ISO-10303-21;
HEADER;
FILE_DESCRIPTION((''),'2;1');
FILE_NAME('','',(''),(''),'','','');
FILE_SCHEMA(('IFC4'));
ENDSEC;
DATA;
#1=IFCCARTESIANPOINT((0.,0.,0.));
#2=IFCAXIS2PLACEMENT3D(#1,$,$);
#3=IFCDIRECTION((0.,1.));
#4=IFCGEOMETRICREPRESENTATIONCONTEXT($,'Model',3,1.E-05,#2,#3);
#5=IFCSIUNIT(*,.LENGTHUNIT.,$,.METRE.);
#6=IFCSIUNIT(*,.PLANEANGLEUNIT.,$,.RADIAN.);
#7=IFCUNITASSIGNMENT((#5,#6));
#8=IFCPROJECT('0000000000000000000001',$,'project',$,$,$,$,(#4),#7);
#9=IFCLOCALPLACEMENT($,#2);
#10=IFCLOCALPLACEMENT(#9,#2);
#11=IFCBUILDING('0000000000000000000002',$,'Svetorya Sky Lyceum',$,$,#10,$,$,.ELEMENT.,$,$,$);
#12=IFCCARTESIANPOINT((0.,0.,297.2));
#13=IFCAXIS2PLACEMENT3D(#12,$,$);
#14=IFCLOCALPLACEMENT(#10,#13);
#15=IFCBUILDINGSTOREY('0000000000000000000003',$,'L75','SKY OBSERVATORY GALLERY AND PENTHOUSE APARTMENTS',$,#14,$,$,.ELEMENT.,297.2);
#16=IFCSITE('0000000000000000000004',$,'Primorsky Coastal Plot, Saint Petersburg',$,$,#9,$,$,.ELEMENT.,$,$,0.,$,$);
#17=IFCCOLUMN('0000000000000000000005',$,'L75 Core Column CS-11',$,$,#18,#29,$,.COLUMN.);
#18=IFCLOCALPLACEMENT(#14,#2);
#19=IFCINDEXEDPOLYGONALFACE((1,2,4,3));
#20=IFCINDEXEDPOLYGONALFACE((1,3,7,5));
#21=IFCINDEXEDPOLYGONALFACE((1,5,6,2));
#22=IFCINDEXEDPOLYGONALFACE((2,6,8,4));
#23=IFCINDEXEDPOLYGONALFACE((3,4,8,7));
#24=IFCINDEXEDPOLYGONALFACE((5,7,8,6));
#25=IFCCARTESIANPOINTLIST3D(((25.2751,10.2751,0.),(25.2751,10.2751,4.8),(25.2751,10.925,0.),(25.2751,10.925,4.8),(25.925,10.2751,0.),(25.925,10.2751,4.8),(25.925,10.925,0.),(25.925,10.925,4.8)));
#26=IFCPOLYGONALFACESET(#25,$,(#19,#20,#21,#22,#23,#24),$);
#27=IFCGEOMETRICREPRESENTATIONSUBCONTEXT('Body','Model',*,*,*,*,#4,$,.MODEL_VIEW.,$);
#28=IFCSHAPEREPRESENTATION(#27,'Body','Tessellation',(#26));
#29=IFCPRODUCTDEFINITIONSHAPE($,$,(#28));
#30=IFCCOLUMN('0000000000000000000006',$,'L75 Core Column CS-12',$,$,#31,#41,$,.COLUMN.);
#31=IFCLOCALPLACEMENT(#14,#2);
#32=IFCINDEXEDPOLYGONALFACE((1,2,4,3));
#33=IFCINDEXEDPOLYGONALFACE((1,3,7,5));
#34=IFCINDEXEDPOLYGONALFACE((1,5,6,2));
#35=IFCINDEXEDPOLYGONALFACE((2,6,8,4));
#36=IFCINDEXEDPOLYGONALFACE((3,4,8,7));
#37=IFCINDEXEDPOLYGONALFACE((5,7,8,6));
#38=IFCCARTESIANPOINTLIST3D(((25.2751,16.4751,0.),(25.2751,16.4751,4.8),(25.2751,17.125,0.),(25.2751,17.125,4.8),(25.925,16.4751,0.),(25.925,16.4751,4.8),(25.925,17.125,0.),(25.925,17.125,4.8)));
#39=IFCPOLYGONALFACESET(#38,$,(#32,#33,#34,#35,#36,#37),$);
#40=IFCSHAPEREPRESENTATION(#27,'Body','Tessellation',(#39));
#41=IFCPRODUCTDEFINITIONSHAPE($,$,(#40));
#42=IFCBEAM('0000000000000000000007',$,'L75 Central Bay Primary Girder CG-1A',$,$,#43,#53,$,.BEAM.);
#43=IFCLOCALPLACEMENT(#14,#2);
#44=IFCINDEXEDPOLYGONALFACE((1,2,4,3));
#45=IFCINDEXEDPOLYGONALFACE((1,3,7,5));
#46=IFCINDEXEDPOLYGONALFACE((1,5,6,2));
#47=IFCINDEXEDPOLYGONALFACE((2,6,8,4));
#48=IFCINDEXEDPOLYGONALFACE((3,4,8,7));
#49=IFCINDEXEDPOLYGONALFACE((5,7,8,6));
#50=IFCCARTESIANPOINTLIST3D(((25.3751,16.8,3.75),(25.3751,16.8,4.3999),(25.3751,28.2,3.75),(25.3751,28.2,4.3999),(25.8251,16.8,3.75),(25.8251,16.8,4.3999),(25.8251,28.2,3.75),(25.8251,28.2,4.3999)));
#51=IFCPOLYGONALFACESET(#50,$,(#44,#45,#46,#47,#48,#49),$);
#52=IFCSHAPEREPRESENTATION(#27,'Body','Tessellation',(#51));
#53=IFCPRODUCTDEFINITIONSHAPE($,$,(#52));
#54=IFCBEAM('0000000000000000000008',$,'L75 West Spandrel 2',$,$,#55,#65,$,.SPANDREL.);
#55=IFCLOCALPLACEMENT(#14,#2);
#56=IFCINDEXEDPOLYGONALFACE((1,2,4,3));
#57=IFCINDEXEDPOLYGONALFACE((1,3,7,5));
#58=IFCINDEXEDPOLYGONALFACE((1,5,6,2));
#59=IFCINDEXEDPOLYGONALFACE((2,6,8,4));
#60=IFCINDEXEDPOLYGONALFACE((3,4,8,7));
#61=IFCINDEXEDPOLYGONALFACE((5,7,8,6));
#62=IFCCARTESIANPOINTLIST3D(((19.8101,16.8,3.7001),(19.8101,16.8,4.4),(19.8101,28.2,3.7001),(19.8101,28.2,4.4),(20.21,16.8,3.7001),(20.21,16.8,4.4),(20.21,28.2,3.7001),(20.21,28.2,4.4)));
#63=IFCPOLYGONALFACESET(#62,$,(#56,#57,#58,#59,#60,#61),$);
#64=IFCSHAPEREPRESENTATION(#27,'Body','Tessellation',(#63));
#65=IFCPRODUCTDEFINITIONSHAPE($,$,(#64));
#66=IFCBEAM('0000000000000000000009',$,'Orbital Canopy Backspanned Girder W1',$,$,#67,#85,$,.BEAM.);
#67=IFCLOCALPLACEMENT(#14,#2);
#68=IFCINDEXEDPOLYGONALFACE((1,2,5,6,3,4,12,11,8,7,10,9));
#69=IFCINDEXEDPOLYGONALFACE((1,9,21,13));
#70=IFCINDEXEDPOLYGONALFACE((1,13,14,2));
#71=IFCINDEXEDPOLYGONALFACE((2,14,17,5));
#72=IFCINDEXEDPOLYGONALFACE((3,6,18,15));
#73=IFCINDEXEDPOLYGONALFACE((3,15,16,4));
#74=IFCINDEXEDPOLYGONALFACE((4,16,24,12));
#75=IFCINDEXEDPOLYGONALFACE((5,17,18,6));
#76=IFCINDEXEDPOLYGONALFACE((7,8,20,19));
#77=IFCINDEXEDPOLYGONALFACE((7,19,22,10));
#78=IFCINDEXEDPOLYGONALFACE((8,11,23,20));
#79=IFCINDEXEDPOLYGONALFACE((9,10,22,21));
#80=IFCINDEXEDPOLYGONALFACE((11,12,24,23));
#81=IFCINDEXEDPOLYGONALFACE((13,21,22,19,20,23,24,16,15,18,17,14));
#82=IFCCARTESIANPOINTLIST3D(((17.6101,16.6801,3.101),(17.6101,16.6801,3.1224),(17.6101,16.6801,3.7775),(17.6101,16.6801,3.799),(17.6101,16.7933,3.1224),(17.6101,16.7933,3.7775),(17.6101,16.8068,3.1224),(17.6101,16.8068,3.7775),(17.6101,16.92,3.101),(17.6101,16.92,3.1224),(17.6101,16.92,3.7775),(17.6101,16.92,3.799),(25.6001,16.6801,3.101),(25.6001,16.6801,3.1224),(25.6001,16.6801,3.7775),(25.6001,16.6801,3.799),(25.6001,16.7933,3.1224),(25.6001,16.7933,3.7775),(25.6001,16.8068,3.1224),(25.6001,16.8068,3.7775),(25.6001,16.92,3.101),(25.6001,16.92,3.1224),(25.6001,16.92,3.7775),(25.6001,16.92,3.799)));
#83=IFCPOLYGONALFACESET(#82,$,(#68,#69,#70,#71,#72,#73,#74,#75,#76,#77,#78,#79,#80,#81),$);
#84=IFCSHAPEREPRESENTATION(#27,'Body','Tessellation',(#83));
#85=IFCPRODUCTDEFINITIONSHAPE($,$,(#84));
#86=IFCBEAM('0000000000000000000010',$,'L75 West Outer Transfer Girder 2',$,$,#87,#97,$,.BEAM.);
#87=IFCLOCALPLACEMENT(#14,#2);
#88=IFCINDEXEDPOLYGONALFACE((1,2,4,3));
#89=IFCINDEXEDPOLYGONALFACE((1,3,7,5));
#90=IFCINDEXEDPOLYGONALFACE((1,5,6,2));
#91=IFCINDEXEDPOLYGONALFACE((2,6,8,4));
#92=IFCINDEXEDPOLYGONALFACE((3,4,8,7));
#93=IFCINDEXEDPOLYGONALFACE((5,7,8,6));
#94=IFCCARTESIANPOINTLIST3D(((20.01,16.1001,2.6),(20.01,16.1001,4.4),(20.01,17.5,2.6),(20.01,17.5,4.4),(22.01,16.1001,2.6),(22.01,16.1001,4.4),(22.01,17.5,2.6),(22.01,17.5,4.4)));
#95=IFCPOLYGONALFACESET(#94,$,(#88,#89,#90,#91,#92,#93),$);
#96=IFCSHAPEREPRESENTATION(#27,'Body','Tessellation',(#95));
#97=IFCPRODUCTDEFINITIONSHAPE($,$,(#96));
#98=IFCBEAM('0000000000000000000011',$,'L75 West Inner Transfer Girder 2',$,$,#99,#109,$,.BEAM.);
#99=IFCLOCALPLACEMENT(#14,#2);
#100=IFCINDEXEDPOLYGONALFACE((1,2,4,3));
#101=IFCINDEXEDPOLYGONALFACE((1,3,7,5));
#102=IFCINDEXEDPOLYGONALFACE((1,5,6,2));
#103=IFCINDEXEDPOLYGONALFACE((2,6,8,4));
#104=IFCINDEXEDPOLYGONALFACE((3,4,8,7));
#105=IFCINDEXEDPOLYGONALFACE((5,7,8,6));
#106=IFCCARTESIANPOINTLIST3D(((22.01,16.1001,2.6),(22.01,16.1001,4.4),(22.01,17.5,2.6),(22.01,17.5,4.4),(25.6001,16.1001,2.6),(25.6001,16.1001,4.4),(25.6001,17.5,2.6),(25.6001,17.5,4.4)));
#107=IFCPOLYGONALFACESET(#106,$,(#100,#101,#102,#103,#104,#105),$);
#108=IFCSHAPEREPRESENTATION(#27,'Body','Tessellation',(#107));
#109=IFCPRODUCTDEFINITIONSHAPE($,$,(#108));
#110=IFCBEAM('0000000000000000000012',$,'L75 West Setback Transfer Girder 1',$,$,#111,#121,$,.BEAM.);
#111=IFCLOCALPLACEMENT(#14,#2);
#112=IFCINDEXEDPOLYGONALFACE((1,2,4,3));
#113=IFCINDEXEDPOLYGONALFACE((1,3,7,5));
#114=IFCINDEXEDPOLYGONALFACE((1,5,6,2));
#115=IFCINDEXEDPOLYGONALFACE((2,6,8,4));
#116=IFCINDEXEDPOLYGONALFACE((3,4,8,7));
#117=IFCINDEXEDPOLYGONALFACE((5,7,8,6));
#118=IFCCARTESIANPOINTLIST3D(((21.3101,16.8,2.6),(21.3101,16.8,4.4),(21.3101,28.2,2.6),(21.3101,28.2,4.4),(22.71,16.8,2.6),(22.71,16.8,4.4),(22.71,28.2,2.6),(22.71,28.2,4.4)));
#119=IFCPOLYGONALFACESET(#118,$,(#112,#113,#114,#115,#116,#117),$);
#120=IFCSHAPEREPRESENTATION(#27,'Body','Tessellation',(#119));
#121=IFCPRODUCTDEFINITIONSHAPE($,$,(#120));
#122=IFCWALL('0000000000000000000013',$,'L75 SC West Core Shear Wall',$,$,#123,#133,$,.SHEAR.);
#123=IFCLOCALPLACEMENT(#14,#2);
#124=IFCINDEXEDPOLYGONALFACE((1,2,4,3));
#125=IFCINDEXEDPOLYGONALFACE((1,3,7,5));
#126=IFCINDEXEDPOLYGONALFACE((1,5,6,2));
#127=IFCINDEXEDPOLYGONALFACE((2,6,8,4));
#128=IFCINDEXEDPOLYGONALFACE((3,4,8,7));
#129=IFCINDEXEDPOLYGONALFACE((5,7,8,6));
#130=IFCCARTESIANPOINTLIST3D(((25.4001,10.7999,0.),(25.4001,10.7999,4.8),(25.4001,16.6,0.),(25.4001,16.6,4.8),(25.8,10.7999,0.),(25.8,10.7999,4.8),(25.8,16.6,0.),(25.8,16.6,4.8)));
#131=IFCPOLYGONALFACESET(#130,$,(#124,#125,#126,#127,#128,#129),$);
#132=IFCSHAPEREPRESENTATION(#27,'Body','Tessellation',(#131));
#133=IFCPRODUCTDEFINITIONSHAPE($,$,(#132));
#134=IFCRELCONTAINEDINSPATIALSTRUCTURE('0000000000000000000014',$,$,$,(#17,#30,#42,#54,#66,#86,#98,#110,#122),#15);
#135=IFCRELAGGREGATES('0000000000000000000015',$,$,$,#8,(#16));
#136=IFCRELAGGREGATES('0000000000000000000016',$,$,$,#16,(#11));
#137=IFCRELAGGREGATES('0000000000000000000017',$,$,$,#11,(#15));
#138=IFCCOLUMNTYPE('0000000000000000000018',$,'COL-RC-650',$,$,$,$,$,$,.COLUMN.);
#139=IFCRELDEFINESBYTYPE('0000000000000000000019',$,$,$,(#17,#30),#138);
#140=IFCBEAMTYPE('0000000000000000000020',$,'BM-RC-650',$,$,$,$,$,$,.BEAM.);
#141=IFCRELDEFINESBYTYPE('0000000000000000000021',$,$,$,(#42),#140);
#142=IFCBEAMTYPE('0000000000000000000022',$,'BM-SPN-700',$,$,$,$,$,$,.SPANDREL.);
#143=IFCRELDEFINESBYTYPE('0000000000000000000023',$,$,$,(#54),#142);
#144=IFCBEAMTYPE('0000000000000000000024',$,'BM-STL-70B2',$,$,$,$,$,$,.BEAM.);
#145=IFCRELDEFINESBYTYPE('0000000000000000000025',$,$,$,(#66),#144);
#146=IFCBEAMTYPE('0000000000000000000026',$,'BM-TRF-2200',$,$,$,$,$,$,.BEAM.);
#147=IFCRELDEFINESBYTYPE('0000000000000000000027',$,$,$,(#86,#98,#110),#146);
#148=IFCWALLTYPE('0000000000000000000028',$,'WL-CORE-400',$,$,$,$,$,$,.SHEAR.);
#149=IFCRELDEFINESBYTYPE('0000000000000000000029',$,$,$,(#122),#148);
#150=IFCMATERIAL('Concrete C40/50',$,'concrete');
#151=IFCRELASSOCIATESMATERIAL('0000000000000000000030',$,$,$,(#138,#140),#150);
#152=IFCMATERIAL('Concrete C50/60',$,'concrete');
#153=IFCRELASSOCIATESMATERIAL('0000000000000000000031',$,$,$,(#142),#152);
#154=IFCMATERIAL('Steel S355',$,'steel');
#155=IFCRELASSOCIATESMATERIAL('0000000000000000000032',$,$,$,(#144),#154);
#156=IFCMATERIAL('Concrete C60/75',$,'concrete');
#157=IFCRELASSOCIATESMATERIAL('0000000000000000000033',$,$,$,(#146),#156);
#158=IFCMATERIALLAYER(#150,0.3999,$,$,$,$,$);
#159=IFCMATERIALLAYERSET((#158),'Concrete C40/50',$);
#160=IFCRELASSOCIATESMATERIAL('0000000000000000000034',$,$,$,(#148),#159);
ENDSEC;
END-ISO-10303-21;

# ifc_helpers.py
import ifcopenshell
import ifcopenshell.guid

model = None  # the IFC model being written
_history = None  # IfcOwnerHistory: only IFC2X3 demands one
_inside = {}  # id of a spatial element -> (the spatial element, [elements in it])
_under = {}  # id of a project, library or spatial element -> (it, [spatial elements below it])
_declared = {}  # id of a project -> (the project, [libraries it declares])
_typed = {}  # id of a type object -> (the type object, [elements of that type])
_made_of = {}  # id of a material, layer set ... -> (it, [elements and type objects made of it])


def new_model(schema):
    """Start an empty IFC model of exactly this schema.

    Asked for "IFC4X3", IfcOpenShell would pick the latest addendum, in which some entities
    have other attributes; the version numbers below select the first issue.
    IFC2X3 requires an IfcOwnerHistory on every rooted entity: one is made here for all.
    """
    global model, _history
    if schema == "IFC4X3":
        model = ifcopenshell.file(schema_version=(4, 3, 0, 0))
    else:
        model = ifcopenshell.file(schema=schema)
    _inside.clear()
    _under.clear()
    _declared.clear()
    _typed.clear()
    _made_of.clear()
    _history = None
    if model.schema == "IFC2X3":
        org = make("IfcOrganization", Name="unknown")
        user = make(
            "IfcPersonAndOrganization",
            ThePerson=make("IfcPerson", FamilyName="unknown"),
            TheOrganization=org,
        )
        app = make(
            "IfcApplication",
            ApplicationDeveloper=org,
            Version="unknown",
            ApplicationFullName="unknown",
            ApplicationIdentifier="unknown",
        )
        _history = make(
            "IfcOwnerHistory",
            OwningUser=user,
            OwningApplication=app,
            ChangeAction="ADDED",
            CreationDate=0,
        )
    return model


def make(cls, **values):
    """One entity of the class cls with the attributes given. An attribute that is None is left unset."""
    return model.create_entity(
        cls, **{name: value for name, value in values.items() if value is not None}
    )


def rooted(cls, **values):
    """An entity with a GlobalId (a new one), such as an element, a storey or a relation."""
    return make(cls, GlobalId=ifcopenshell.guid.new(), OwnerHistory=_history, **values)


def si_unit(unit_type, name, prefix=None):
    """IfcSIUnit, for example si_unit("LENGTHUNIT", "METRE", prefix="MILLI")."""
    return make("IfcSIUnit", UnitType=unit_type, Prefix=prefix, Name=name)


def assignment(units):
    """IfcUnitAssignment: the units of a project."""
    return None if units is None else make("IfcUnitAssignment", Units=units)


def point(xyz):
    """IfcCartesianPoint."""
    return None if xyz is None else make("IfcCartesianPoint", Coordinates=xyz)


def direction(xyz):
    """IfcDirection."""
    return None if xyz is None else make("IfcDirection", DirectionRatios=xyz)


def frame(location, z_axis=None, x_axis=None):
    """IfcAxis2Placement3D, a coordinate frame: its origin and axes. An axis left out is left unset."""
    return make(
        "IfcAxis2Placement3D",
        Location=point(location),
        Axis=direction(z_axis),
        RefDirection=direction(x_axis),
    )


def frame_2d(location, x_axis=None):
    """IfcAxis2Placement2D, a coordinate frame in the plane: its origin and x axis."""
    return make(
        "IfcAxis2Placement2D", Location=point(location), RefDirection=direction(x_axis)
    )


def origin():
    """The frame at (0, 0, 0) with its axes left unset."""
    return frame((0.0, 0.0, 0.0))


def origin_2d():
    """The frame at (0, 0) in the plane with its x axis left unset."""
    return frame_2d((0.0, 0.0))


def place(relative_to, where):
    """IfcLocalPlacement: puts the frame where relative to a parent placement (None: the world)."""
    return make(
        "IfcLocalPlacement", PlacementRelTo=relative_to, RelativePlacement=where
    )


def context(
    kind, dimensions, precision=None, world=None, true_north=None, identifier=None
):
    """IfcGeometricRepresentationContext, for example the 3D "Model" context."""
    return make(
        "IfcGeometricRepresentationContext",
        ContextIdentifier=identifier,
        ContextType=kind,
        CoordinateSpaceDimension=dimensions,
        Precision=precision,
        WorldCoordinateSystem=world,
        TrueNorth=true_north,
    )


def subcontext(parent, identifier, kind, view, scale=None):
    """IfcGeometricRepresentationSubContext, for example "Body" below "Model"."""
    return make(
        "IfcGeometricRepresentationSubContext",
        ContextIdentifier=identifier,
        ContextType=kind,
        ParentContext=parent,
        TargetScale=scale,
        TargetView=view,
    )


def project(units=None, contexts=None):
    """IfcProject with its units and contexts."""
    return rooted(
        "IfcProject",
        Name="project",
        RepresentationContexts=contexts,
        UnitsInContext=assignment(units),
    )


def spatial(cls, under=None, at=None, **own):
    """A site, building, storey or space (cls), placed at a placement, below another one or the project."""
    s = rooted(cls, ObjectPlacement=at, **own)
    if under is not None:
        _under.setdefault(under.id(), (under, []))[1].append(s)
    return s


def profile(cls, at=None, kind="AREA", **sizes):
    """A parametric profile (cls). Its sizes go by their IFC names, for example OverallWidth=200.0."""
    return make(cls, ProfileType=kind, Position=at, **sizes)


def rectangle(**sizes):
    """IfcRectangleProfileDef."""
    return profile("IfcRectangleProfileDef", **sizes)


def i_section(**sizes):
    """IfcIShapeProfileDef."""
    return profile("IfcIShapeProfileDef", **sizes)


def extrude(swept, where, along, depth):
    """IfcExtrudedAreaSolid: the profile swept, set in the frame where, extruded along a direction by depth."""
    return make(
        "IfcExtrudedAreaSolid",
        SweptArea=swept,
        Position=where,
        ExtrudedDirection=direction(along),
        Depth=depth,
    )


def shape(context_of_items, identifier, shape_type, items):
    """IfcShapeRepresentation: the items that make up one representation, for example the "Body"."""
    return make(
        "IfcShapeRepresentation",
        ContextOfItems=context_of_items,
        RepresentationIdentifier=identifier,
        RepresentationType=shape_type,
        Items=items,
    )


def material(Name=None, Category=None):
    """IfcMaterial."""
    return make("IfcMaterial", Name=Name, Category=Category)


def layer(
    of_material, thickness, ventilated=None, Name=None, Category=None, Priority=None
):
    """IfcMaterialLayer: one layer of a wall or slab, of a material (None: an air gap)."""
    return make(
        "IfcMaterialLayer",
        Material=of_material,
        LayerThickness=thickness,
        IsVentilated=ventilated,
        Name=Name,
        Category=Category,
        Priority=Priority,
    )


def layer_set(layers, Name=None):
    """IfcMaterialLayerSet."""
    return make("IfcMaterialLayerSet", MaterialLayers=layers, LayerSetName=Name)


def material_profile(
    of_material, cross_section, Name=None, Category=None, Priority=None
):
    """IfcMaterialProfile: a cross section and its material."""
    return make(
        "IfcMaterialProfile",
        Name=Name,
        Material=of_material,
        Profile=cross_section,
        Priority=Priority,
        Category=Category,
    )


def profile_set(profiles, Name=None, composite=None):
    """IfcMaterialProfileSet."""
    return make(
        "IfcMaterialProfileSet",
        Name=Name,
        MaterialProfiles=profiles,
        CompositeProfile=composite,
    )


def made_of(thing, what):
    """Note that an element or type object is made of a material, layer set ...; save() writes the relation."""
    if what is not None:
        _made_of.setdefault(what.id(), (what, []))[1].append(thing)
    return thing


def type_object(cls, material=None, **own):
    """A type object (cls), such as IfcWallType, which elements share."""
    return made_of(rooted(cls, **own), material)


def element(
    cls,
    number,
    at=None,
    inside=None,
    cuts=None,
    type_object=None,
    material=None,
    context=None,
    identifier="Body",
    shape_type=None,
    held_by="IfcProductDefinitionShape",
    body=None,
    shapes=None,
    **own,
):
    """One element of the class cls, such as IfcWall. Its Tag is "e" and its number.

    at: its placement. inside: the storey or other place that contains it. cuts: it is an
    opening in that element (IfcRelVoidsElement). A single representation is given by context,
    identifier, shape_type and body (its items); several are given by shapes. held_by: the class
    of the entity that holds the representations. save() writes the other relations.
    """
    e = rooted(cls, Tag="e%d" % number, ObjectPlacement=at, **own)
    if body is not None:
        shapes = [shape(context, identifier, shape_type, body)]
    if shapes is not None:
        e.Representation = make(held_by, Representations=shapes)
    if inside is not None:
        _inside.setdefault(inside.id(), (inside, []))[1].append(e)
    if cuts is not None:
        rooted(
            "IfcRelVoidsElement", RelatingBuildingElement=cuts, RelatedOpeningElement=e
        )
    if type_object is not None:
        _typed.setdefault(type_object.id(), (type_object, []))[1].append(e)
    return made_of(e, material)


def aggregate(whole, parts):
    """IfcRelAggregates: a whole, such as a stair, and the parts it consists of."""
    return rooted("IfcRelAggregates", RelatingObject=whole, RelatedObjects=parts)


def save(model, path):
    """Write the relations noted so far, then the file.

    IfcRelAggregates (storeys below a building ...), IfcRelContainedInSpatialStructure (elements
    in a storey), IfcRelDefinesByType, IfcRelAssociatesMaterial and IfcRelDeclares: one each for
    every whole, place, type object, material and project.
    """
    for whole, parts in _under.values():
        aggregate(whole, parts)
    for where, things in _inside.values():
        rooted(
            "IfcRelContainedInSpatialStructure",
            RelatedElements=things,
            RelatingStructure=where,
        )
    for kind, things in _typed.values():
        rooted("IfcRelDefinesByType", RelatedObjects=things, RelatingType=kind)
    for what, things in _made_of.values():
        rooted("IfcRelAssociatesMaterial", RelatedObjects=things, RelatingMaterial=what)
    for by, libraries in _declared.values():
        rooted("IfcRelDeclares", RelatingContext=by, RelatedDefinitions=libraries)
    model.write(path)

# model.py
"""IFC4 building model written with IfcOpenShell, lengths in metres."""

from ifc_helpers import new_model, si_unit, direction, frame, frame_2d, origin, origin_2d, place, context, subcontext, project, spatial, rectangle, i_section, extrude, material, layer, layer_set, material_profile, profile_set, type_object, element, save


model = new_model("IFC4")

# Units and contexts
model_context = context("Model", 3, precision=1e-05, world=origin(), true_north=direction((0.0, 1.0)))
body_context = subcontext(model_context, "Body", "Model", "MODEL_VIEW")
ifc_project = project(units=[si_unit("LENGTHUNIT", "METRE"), si_unit("PLANEANGLEUNIT", "RADIAN")], contexts=[model_context])

# Site, building, storey
site_placement = place(None, origin())
site = spatial("IfcSite", under=ifc_project, at=site_placement, Name="Primorsky Coastal Plot, Saint Petersburg", CompositionType="ELEMENT", RefElevation=0.0)
building_placement = place(site_placement, origin())
building = spatial("IfcBuilding", under=site, at=building_placement, Name="Svetorya Sky Lyceum", CompositionType="ELEMENT")
storey_placement = place(building_placement, frame((0.0, 0.0, 297.2)))
storey = spatial("IfcBuildingStorey", under=building, at=storey_placement, Name="L75", Description="SKY OBSERVATORY GALLERY AND PENTHOUSE APARTMENTS", CompositionType="ELEMENT", Elevation=297.2)

# Columns
ifc_material_1 = material(Name="Concrete C40/50", Category="concrete")
ifc_material_profile_1 = material_profile(ifc_material_1, rectangle(XDim=0.6499, YDim=0.6499, at=origin_2d()), Name="RC COL 650x650")
ifc_profile_set_1 = profile_set([ifc_material_profile_1], Name="Concrete C40/50")
column_type = type_object("IfcColumnType", Name="COL-RC-650", PredefinedType="COLUMN", material=ifc_profile_set_1)
for number, where, z_axis, x_axis, name in (
    (1, (25.6001, 10.6001, 0.0), (0.0, 0.0, 1.0), (1.0, 0.0, 0.0), "L75 Core Column CS-11"),
    (2, (25.6001, 16.8, 0.0), (0.0, 0.0, 1.0), (1.0, 0.0, 0.0), "L75 Core Column CS-12"),
):
    element("IfcColumn", number, at=place(storey_placement, frame(where, z_axis=z_axis, x_axis=x_axis)), inside=storey, type_object=column_type, Name=name, PredefinedType="COLUMN", context=body_context, shape_type="SweptSolid", body=[
        extrude(rectangle(XDim=0.6499, YDim=0.6499, at=origin_2d()), origin(), (0.0, 0.0, 1.0), 4.8),
    ])

# Beams
ifc_material_profile_2 = material_profile(ifc_material_1, rectangle(XDim=0.45, YDim=0.6499, at=origin_2d()), Name="RC BEAM 450x650")
ifc_profile_set_2 = profile_set([ifc_material_profile_2], Name="Concrete C40/50")
beam_type_1 = type_object("IfcBeamType", Name="BM-RC-650", PredefinedType="BEAM", material=ifc_profile_set_2)
beam_1_placement = place(storey_placement, frame((25.6001, 16.8, 4.075), z_axis=(0.0, 1.0, 0.0), x_axis=(-1.0, 0.0, 0.0)))
element("IfcBeam", 3, at=beam_1_placement, inside=storey, type_object=beam_type_1, Name="L75 Central Bay Primary Girder CG-1A", PredefinedType="BEAM", context=body_context, shape_type="SweptSolid", body=[
    extrude(rectangle(XDim=0.45, YDim=0.6499, at=origin_2d()), origin(), (0.0, 0.0, 1.0), 11.3999),
])
ifc_material_2 = material(Name="Concrete C50/60", Category="concrete")
ifc_material_profile_3 = material_profile(ifc_material_2, rectangle(XDim=0.3999, YDim=0.7, at=origin_2d()), Name="RC SPANDREL 400x700")
ifc_profile_set_3 = profile_set([ifc_material_profile_3], Name="Concrete C50/60")
beam_type_2 = type_object("IfcBeamType", Name="BM-SPN-700", PredefinedType="SPANDREL", material=ifc_profile_set_3)
beam_2_placement = place(storey_placement, frame((20.01, 16.8, 4.05), z_axis=(0.0, 1.0, 0.0), x_axis=(-1.0, 0.0, 0.0)))
element("IfcBeam", 4, at=beam_2_placement, inside=storey, type_object=beam_type_2, Name="L75 West Spandrel 2", PredefinedType="SPANDREL", context=body_context, shape_type="SweptSolid", body=[
    extrude(rectangle(XDim=0.3999, YDim=0.7, at=origin_2d()), origin(), (0.0, 0.0, 1.0), 11.3999),
])
ifc_material_3 = material(Name="Steel S355", Category="steel")
ifc_material_profile_4 = material_profile(ifc_material_3, i_section(OverallWidth=0.24, OverallDepth=0.698, WebThickness=0.0134, FlangeThickness=0.0215, at=origin_2d()), Name="GOST 70B2")
ifc_profile_set_4 = profile_set([ifc_material_profile_4], Name="Steel S355")
beam_type_3 = type_object("IfcBeamType", Name="BM-STL-70B2", PredefinedType="BEAM", material=ifc_profile_set_4)
beam_3_placement = place(storey_placement, frame((25.6001, 16.8, 3.45), z_axis=(-1.0, 0.0, 0.0), x_axis=(0.0, -1.0, 0.0)))
element("IfcBeam", 5, at=beam_3_placement, inside=storey, type_object=beam_type_3, Name="Orbital Canopy Backspanned Girder W1", PredefinedType="BEAM", context=body_context, shape_type="SweptSolid", body=[
    extrude(i_section(OverallWidth=0.24, OverallDepth=0.698, WebThickness=0.0134, FlangeThickness=0.0215, at=origin_2d()), origin(), (0.0, 0.0, 1.0), 7.99),
])
ifc_material_4 = material(Name="Concrete C60/75", Category="concrete")
ifc_material_profile_5 = material_profile(ifc_material_4, rectangle(XDim=1.3999, YDim=1.8, at=origin_2d()), Name="RC TRANSFER 1400x1800")
ifc_profile_set_5 = profile_set([ifc_material_profile_5], Name="Concrete C60/75")
beam_type_4 = type_object("IfcBeamType", Name="BM-TRF-2200", PredefinedType="BEAM", material=ifc_profile_set_5)
beam_4_placement = place(storey_placement, frame((20.01, 16.8, 3.5), z_axis=(1.0, 0.0, 0.0), x_axis=(0.0, 1.0, 0.0)))
element("IfcBeam", 6, at=beam_4_placement, inside=storey, type_object=beam_type_4, Name="L75 West Outer Transfer Girder 2", PredefinedType="BEAM", context=body_context, shape_type="SweptSolid", body=[
    extrude(rectangle(XDim=1.3999, YDim=1.8, at=origin_2d()), origin(), (0.0, 0.0, 1.0), 2.0),
])
beam_5_placement = place(storey_placement, frame((22.01, 16.8, 3.5), z_axis=(1.0, 0.0, 0.0), x_axis=(0.0, 1.0, 0.0)))
element("IfcBeam", 7, at=beam_5_placement, inside=storey, type_object=beam_type_4, Name="L75 West Inner Transfer Girder 2", PredefinedType="BEAM", context=body_context, shape_type="SweptSolid", body=[
    extrude(rectangle(XDim=1.3999, YDim=1.8, at=origin_2d()), origin(), (0.0, 0.0, 1.0), 3.5901),
])
beam_6_placement = place(storey_placement, frame((22.01, 16.8, 3.5), z_axis=(0.0, 1.0, 0.0), x_axis=(-1.0, 0.0, 0.0)))
element("IfcBeam", 8, at=beam_6_placement, inside=storey, type_object=beam_type_4, Name="L75 West Setback Transfer Girder 1", PredefinedType="BEAM", context=body_context, shape_type="SweptSolid", body=[
    extrude(rectangle(XDim=1.3999, YDim=1.8, at=origin_2d()), origin(), (0.0, 0.0, 1.0), 11.3999),
])

# Wall
ifc_layer_1 = layer(ifc_material_1, 0.3999)
ifc_layer_set_1 = layer_set([ifc_layer_1], Name="Concrete C40/50")
wall_type_1 = type_object("IfcWallType", Name="WL-CORE-400", PredefinedType="SHEAR", material=ifc_layer_set_1)
wall_1_placement = place(storey_placement, frame((25.6001, 10.8, 0.0), z_axis=(0.0, 0.0, 1.0), x_axis=(0.0, 1.0, 0.0)))
element("IfcWall", 9, at=wall_1_placement, inside=storey, type_object=wall_type_1, Name="L75 SC West Core Shear Wall", PredefinedType="SHEAR", context=body_context, shape_type="SweptSolid", body=[
    extrude(rectangle(XDim=5.8, YDim=0.3999, at=frame_2d((2.8999, 0.0))), origin(), (0.0, 0.0, 1.0), 4.8),
])

save(model, "model.ifc")
